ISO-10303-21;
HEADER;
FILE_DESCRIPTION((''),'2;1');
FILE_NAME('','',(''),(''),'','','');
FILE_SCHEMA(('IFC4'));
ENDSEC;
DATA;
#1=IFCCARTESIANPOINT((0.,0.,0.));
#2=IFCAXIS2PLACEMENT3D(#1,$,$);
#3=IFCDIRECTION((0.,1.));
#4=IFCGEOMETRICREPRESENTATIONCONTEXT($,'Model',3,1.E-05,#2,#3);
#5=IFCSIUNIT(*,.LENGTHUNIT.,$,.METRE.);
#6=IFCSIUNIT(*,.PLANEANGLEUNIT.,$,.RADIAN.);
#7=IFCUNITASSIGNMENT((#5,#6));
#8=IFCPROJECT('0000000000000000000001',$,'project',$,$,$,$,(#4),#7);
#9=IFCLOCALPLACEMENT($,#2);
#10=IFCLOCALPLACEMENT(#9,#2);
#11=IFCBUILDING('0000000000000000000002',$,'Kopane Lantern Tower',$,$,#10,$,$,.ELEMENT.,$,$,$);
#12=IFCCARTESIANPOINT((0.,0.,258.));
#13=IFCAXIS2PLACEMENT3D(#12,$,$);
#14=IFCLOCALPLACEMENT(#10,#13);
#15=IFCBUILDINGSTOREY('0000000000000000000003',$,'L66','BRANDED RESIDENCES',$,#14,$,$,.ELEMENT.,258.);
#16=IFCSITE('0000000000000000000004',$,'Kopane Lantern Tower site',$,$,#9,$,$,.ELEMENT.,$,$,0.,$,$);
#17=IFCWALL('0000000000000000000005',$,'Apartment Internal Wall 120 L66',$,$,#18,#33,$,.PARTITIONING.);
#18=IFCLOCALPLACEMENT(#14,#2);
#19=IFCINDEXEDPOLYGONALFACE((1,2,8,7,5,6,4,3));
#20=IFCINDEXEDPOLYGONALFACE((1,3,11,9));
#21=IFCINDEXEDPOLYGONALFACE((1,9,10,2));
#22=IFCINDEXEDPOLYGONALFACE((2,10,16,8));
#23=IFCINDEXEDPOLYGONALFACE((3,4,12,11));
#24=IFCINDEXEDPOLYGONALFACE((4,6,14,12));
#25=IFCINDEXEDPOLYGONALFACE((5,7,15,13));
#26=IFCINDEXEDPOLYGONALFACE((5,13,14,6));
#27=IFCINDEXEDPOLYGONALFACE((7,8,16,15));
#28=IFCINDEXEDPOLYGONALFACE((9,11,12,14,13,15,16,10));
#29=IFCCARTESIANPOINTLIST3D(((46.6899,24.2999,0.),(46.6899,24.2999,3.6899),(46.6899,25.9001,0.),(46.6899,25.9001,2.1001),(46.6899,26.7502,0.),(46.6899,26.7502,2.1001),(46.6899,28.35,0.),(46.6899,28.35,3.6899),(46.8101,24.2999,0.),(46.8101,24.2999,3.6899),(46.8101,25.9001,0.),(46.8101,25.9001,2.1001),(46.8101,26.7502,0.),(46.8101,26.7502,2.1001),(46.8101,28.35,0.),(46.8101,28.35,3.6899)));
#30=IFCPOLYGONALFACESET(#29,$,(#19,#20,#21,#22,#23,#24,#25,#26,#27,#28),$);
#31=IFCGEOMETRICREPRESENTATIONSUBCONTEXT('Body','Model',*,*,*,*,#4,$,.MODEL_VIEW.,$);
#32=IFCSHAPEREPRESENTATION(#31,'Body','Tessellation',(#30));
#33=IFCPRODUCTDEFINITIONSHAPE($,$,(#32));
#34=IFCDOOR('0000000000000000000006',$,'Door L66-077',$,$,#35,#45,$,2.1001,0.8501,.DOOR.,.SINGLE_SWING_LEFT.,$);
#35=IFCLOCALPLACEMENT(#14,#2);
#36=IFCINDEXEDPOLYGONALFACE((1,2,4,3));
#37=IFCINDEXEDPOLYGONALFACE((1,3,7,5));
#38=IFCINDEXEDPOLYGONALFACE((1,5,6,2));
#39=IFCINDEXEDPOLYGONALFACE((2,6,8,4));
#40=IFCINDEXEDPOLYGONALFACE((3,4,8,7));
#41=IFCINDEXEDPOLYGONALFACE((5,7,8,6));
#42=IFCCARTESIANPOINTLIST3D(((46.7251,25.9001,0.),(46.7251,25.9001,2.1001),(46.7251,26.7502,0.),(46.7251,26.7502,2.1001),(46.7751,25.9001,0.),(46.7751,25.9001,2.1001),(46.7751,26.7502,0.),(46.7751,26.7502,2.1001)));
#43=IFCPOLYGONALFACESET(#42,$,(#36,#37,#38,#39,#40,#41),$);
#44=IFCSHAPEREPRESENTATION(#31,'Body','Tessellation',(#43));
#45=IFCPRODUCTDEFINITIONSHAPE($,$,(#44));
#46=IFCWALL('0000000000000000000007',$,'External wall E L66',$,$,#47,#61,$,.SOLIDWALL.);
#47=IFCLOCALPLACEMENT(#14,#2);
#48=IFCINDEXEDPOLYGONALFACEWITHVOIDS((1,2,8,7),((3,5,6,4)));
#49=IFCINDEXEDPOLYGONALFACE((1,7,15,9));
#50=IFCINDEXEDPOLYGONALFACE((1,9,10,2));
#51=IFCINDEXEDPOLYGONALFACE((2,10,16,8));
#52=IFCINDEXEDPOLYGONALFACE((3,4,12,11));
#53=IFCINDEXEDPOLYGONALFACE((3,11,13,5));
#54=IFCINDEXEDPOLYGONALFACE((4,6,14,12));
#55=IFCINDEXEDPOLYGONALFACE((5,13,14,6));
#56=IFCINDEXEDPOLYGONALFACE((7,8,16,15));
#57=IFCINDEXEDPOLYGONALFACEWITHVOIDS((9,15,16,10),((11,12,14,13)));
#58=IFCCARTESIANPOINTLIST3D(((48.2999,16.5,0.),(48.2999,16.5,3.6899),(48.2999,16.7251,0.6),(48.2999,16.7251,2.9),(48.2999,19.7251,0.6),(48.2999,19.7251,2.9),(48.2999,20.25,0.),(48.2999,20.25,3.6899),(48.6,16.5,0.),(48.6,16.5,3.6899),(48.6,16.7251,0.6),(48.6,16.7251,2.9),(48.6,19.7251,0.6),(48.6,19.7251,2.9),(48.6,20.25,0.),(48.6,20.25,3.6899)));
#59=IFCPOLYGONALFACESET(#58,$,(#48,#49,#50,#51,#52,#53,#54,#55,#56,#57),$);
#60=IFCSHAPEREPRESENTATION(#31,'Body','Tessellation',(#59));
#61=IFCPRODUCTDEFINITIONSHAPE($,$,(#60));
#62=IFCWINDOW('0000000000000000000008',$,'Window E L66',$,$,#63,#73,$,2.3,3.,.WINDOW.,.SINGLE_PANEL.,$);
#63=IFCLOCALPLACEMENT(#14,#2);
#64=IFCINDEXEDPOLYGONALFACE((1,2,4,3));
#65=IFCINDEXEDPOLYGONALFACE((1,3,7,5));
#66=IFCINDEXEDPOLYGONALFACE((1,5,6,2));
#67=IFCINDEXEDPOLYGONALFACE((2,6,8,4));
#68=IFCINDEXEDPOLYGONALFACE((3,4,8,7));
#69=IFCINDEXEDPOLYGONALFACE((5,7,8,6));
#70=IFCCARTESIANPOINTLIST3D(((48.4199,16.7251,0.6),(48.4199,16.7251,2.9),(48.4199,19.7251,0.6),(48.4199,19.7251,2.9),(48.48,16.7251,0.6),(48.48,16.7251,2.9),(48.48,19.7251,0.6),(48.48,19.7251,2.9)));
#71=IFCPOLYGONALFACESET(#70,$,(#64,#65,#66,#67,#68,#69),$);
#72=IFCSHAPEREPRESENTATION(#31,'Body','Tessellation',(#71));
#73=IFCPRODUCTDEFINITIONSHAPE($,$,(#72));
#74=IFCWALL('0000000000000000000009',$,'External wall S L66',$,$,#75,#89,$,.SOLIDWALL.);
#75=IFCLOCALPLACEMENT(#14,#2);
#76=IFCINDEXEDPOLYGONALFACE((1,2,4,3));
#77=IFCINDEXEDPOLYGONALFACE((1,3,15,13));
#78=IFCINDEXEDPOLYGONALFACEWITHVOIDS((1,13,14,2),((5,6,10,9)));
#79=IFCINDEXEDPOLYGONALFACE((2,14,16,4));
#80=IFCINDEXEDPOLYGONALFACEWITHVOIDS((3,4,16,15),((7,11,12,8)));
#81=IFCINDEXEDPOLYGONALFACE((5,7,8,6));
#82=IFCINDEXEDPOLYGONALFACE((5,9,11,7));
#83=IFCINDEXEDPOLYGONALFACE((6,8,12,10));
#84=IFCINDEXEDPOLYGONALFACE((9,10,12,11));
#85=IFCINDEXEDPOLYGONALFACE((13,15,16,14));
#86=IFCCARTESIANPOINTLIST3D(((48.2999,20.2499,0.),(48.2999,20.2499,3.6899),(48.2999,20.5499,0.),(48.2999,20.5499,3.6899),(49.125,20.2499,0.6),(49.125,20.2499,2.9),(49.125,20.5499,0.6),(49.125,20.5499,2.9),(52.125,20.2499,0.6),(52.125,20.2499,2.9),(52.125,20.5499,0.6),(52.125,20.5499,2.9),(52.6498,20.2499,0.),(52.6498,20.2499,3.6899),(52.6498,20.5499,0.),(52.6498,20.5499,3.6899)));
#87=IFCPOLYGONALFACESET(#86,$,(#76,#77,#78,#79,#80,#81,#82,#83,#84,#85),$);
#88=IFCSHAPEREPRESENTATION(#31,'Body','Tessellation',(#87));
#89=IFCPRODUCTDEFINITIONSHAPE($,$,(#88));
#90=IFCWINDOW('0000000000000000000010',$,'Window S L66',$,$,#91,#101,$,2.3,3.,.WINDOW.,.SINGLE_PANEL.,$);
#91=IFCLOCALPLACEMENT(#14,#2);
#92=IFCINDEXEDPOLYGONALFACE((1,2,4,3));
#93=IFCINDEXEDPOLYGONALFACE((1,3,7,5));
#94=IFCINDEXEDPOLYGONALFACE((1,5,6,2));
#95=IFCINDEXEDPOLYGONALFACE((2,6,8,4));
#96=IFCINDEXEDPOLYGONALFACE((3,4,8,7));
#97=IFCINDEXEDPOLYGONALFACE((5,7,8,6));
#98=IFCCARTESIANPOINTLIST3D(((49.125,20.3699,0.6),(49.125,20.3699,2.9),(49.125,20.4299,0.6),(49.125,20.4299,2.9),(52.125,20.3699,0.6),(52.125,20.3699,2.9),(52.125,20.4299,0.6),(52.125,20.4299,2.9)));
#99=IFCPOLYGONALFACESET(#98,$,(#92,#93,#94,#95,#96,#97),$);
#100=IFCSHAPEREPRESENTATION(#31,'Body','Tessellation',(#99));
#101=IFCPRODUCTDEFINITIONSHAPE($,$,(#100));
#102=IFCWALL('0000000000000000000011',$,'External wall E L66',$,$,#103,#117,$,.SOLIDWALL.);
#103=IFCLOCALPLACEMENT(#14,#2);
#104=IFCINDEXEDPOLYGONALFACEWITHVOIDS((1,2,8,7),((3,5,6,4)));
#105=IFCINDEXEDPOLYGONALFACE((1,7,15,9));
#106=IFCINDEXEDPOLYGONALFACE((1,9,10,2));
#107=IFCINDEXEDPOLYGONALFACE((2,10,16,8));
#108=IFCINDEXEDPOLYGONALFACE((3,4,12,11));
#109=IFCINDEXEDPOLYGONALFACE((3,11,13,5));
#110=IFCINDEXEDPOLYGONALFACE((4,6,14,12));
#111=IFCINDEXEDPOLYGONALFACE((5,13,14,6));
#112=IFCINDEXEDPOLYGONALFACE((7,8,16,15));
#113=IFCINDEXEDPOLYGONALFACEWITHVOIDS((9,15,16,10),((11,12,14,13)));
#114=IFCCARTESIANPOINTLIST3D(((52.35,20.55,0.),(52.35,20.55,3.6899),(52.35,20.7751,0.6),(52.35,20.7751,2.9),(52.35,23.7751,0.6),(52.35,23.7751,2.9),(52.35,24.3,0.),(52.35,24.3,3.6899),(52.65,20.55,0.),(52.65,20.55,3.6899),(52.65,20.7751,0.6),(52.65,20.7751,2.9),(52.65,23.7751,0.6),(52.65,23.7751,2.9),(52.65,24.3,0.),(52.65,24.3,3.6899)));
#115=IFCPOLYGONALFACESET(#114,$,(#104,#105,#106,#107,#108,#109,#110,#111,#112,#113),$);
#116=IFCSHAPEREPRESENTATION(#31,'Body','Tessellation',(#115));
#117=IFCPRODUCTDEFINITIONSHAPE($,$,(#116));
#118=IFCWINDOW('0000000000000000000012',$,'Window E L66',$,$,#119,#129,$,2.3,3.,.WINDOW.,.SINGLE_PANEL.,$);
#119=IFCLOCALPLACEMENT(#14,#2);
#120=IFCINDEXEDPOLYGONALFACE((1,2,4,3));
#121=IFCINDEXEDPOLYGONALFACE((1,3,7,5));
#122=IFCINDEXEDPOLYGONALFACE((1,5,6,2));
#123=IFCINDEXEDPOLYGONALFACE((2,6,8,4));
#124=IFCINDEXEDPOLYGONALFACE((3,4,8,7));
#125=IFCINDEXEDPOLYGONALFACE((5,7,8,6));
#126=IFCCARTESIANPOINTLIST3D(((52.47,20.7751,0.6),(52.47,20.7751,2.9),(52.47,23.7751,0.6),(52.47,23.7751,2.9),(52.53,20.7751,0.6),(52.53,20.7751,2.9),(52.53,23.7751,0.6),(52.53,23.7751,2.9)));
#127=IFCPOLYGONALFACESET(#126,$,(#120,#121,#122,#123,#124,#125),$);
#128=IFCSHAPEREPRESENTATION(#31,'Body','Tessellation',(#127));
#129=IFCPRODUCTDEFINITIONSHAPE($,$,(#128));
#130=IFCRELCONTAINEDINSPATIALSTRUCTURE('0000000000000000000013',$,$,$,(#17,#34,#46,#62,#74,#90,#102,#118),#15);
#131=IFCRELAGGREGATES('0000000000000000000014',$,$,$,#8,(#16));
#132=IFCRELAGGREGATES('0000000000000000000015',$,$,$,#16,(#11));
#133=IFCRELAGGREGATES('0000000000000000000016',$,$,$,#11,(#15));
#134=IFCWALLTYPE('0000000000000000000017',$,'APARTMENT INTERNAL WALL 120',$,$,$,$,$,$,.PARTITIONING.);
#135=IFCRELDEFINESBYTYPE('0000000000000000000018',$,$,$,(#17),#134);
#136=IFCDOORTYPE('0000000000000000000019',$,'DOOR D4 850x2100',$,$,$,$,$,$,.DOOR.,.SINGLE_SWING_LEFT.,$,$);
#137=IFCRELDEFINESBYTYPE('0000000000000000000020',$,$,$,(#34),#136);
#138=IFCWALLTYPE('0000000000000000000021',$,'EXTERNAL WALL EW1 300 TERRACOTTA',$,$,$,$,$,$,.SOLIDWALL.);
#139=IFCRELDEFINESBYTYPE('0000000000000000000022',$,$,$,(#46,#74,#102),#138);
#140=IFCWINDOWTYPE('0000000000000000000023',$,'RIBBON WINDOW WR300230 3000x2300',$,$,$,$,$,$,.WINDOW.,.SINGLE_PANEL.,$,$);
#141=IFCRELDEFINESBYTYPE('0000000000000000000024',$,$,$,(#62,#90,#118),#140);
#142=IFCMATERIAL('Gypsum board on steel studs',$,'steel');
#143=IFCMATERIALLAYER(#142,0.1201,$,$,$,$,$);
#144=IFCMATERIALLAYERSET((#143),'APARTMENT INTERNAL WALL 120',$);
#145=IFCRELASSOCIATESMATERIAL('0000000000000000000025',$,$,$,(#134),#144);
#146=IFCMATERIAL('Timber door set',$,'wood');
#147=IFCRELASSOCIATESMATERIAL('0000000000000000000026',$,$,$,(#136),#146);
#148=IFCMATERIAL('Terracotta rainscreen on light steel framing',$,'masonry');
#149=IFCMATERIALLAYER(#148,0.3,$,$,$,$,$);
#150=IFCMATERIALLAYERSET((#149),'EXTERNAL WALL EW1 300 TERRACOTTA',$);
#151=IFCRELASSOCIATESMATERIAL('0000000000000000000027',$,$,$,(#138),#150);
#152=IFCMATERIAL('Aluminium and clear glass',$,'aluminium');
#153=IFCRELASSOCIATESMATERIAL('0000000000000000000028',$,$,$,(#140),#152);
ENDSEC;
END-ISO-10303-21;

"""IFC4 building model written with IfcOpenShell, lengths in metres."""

from ifc_helpers import new_model, si_unit, direction, frame, frame_2d, origin, place, context, subcontext, project, spatial, rectangle, extrude, material, layer, layer_set, type_object, element, fill, save


model = new_model("IFC4")

# Units and contexts
model_context = context("Model", 3, precision=1e-05, world=origin(), true_north=direction((0.0, 1.0)))
body_context = subcontext(model_context, "Body", "Model", "MODEL_VIEW")
ifc_project = project(units=[si_unit("LENGTHUNIT", "METRE"), si_unit("PLANEANGLEUNIT", "RADIAN")], contexts=[model_context])

# Site, building, storey
site_placement = place(None, origin())
site = spatial("IfcSite", under=ifc_project, at=site_placement, Name="Kopane Lantern Tower site", CompositionType="ELEMENT", RefElevation=0.0)
building_placement = place(site_placement, origin())
building = spatial("IfcBuilding", under=site, at=building_placement, Name="Kopane Lantern Tower", CompositionType="ELEMENT")
storey_placement = place(building_placement, frame((0.0, 0.0, 258.0)))
storey = spatial("IfcBuildingStorey", under=building, at=storey_placement, Name="L66", Description="BRANDED RESIDENCES", CompositionType="ELEMENT", Elevation=258.0)

# Shared definitions
ifc_material_1 = material(Name="Gypsum board on steel studs", Category="steel")
ifc_layer_1 = layer(ifc_material_1, 0.1201)
ifc_layer_set_1 = layer_set([ifc_layer_1], Name="APARTMENT INTERNAL WALL 120")
wall_type_1 = type_object("IfcWallType", Name="APARTMENT INTERNAL WALL 120", PredefinedType="PARTITIONING", material=ifc_layer_set_1)
ifc_material_2 = material(Name="Timber door set", Category="wood")
door_type = type_object("IfcDoorType", Name="DOOR D4 850x2100", OperationType="SINGLE_SWING_LEFT", PredefinedType="DOOR", material=ifc_material_2)

# Wall, opening, door
wall_1_placement = place(storey_placement, frame((46.75, 24.3, 0.0), z_axis=(0.0, 0.0, 1.0), x_axis=(0.0, 1.0, 0.0)))
wall_1 = element("IfcWall", 1, at=wall_1_placement, inside=storey, type_object=wall_type_1, Name="Apartment Internal Wall 120 L66", PredefinedType="PARTITIONING", context=body_context, shape_type="SweptSolid", body=[
    extrude(rectangle(XDim=4.05, YDim=0.1201, at=frame_2d((2.0249, 0.0))), origin(), (0.0, 0.0, 1.0), 3.6899),
])
opening_1_placement = place(wall_1_placement, frame((1.6001, 0.0, 0.0)))
opening_1 = element("IfcOpeningElement", 2, at=opening_1_placement, cuts=wall_1, PredefinedType="OPENING", context=body_context, shape_type="SweptSolid", body=[
    extrude(rectangle(XDim=0.8501, YDim=2.1001, at=frame_2d((0.425, 1.05))), frame((0.0, 0.0701, 0.0), z_axis=(0.0, -1.0, 0.0), x_axis=(1.0, 0.0, 0.0)), (0.0, 0.0, 1.0), 0.1401),
])
door_1_placement = place(opening_1_placement, origin())
door_1 = element("IfcDoor", 3, at=door_1_placement, inside=storey, type_object=door_type, Name="Door L66-077", OperationType="SINGLE_SWING_LEFT", OverallHeight=2.1001, OverallWidth=0.8501, PredefinedType="DOOR", context=body_context, shape_type="SweptSolid", body=[
    extrude(rectangle(XDim=0.8501, YDim=2.1001, at=frame_2d((0.425, 1.05))), frame((0.0, 0.0249, 0.0), z_axis=(0.0, -1.0, 0.0), x_axis=(1.0, 0.0, 0.0)), (0.0, 0.0, 1.0), 0.05),
])
fill(opening_1, door_1)

# Walls, openings, windows
ifc_material_3 = material(Name="Terracotta rainscreen on light steel framing", Category="masonry")
ifc_layer_2 = layer(ifc_material_3, 0.3)
ifc_layer_set_2 = layer_set([ifc_layer_2], Name="EXTERNAL WALL EW1 300 TERRACOTTA")
wall_type_2 = type_object("IfcWallType", Name="EXTERNAL WALL EW1 300 TERRACOTTA", PredefinedType="SOLIDWALL", material=ifc_layer_set_2)
wall_2_placement = place(storey_placement, frame((48.45, 16.5, 0.0), z_axis=(0.0, 0.0, 1.0), x_axis=(0.0, 1.0, 0.0)))
wall_2 = element("IfcWall", 4, at=wall_2_placement, inside=storey, type_object=wall_type_2, Name="External wall E L66", PredefinedType="SOLIDWALL", context=body_context, shape_type="SweptSolid", body=[
    extrude(rectangle(XDim=3.75, YDim=0.3, at=frame_2d((1.875, 0.0))), origin(), (0.0, 0.0, 1.0), 3.6899),
])
opening_2_placement = place(wall_2_placement, frame((0.2251, 0.0, 0.6001)))
opening_2 = element("IfcOpeningElement", 5, at=opening_2_placement, cuts=wall_2, PredefinedType="OPENING", context=body_context, shape_type="SweptSolid", body=[
    extrude(rectangle(XDim=3.0, YDim=2.3, at=frame_2d((1.5, 1.1499))), frame((0.0, 0.1599, 0.0), z_axis=(0.0, -1.0, 0.0), x_axis=(1.0, 0.0, 0.0)), (0.0, 0.0, 1.0), 0.3201),
])
ifc_material_4 = material(Name="Aluminium and clear glass", Category="aluminium")
window_type = type_object("IfcWindowType", Name="RIBBON WINDOW WR300230 3000x2300", PartitioningType="SINGLE_PANEL", PredefinedType="WINDOW", material=ifc_material_4)
window_1_placement = place(opening_2_placement, origin())
window_1 = element("IfcWindow", 6, at=window_1_placement, inside=storey, type_object=window_type, Name="Window E L66", OverallHeight=2.3, OverallWidth=3.0, PartitioningType="SINGLE_PANEL", PredefinedType="WINDOW", context=body_context, shape_type="SweptSolid", body=[
    extrude(rectangle(XDim=3.0, YDim=2.3, at=frame_2d((1.5, 1.1499))), frame((0.0, 0.03, 0.0), z_axis=(0.0, -1.0, 0.0), x_axis=(1.0, 0.0, 0.0)), (0.0, 0.0, 1.0), 0.0601),
])
fill(opening_2, window_1)
wall_3_placement = place(storey_placement, frame((48.3, 20.3999, 0.0), z_axis=(0.0, 0.0, 1.0), x_axis=(1.0, 0.0, 0.0)))
wall_3 = element("IfcWall", 7, at=wall_3_placement, inside=storey, type_object=wall_type_2, Name="External wall S L66", PredefinedType="SOLIDWALL", context=body_context, shape_type="SweptSolid", body=[
    extrude(rectangle(XDim=4.3499, YDim=0.3, at=frame_2d((2.1748, 0.0))), origin(), (0.0, 0.0, 1.0), 3.6899),
])
opening_3_placement = place(wall_3_placement, frame((0.825, 0.0, 0.6001)))
opening_3 = element("IfcOpeningElement", 8, at=opening_3_placement, cuts=wall_3, PredefinedType="OPENING", context=body_context, shape_type="SweptSolid", body=[
    extrude(rectangle(XDim=3.0, YDim=2.3, at=frame_2d((1.5, 1.1499))), frame((0.0, 0.1599, 0.0), z_axis=(0.0, -1.0, 0.0), x_axis=(1.0, 0.0, 0.0)), (0.0, 0.0, 1.0), 0.3201),
])
window_2_placement = place(opening_3_placement, origin())
window_2 = element("IfcWindow", 9, at=window_2_placement, inside=storey, type_object=window_type, Name="Window S L66", OverallHeight=2.3, OverallWidth=3.0, PartitioningType="SINGLE_PANEL", PredefinedType="WINDOW", context=body_context, shape_type="SweptSolid", body=[
    extrude(rectangle(XDim=3.0, YDim=2.3, at=frame_2d((1.5, 1.1499))), frame((0.0, 0.03, 0.0), z_axis=(0.0, -1.0, 0.0), x_axis=(1.0, 0.0, 0.0)), (0.0, 0.0, 1.0), 0.0601),
])
fill(opening_3, window_2)
wall_4_placement = place(storey_placement, frame((52.5, 20.55, 0.0), z_axis=(0.0, 0.0, 1.0), x_axis=(0.0, 1.0, 0.0)))
wall_4 = element("IfcWall", 10, at=wall_4_placement, inside=storey, type_object=wall_type_2, Name="External wall E L66", PredefinedType="SOLIDWALL", context=body_context, shape_type="SweptSolid", body=[
    extrude(rectangle(XDim=3.75, YDim=0.3, at=frame_2d((1.875, 0.0))), origin(), (0.0, 0.0, 1.0), 3.6899),
])
opening_4_placement = place(wall_4_placement, frame((0.2251, 0.0, 0.6001)))
opening_4 = element("IfcOpeningElement", 11, at=opening_4_placement, cuts=wall_4, PredefinedType="OPENING", context=body_context, shape_type="SweptSolid", body=[
    extrude(rectangle(XDim=3.0, YDim=2.3, at=frame_2d((1.5, 1.1499))), frame((0.0, 0.1599, 0.0), z_axis=(0.0, -1.0, 0.0), x_axis=(1.0, 0.0, 0.0)), (0.0, 0.0, 1.0), 0.3201),
])
window_3_placement = place(opening_4_placement, origin())
window_3 = element("IfcWindow", 12, at=window_3_placement, inside=storey, type_object=window_type, Name="Window E L66", OverallHeight=2.3, OverallWidth=3.0, PartitioningType="SINGLE_PANEL", PredefinedType="WINDOW", context=body_context, shape_type="SweptSolid", body=[
    extrude(rectangle(XDim=3.0, YDim=2.3, at=frame_2d((1.5, 1.1499))), frame((0.0, 0.03, 0.0), z_axis=(0.0, -1.0, 0.0), x_axis=(1.0, 0.0, 0.0)), (0.0, 0.0, 1.0), 0.0601),
])
fill(opening_4, window_3)

save(model, "model.ifc")
